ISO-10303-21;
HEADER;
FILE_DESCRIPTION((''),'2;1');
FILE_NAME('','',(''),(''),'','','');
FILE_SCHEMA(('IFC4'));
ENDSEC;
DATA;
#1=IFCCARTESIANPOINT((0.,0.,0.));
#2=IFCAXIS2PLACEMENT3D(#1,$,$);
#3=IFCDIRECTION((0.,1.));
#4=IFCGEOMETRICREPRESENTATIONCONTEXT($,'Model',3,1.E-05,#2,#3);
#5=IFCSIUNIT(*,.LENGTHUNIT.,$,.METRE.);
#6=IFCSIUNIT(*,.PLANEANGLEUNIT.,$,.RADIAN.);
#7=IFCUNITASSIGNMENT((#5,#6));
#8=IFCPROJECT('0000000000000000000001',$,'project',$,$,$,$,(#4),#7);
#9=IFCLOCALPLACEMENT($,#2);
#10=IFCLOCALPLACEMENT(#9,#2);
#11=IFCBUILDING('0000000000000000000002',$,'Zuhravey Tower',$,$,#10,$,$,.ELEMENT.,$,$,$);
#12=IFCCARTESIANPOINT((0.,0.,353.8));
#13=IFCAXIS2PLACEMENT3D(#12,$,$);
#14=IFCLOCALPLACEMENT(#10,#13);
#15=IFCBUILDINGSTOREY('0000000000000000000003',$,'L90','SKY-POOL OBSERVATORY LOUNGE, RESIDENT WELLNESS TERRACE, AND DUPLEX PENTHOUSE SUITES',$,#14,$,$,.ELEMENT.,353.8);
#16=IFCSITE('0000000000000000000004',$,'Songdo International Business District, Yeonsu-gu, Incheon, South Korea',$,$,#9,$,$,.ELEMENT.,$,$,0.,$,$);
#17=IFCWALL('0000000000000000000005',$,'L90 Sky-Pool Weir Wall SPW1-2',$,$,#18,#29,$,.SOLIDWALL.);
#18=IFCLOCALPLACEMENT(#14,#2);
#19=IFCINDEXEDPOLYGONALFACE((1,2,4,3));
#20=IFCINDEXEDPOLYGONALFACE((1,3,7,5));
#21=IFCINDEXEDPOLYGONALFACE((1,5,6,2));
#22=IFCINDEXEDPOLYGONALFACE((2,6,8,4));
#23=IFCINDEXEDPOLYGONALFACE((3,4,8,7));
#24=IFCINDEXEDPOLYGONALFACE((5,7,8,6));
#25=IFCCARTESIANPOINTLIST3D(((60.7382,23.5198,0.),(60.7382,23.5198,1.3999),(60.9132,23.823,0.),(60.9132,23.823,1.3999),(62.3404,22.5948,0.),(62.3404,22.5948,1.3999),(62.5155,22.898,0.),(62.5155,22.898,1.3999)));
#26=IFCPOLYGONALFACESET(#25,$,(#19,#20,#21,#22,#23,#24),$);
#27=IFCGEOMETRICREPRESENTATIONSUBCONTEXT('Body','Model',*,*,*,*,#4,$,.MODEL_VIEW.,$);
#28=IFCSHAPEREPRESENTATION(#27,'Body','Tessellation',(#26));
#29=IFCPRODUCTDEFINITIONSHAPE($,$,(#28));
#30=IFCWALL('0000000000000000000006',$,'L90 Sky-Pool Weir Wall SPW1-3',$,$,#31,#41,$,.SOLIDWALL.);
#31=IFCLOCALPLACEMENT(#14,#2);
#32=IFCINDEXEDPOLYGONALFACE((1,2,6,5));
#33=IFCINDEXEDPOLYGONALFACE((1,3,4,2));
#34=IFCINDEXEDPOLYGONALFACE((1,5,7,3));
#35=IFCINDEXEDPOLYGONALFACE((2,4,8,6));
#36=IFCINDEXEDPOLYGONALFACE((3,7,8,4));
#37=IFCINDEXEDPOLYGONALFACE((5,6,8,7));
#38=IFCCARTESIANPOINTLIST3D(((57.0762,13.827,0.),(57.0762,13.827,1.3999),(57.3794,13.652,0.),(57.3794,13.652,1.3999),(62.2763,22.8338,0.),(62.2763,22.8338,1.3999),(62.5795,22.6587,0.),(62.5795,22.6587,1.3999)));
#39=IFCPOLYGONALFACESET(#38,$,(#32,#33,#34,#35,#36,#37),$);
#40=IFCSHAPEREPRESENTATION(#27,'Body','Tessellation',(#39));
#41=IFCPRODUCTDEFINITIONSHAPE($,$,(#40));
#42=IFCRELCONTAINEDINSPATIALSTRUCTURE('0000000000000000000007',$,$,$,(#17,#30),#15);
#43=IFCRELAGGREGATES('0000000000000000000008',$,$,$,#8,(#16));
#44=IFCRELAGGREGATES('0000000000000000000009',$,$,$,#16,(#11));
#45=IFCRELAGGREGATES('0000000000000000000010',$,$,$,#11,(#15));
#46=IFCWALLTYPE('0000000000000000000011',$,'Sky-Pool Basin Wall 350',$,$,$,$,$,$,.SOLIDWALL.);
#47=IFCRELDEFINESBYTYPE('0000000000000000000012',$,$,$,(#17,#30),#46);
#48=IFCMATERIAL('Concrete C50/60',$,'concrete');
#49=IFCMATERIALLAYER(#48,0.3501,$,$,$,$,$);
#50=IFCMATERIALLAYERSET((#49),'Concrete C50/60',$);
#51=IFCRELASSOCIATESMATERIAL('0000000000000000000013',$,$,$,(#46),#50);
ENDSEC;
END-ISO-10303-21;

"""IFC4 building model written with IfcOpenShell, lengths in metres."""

from ifc_helpers import new_model, si_unit, direction, frame, frame_2d, origin, place, context, subcontext, project, spatial, rectangle, extrude, material, layer, layer_set, type_object, element, save


model = new_model("IFC4")

# Units and contexts
model_context = context("Model", 3, precision=1e-05, world=origin(), true_north=direction((0.0, 1.0)))
body_context = subcontext(model_context, "Body", "Model", "MODEL_VIEW")
ifc_project = project(units=[si_unit("LENGTHUNIT", "METRE"), si_unit("PLANEANGLEUNIT", "RADIAN")], contexts=[model_context])

# Site, building, storey
site_placement = place(None, origin())
site = spatial("IfcSite", under=ifc_project, at=site_placement, Name="Songdo International Business District, Yeonsu-gu, Incheon, South Korea", CompositionType="ELEMENT", RefElevation=0.0)
building_placement = place(site_placement, origin())
building = spatial("IfcBuilding", under=site, at=building_placement, Name="Zuhravey Tower", CompositionType="ELEMENT")
storey_placement = place(building_placement, frame((0.0, 0.0, 353.8)))
storey = spatial("IfcBuildingStorey", under=building, at=storey_placement, Name="L90", Description="SKY-POOL OBSERVATORY LOUNGE, RESIDENT WELLNESS TERRACE, AND DUPLEX PENTHOUSE SUITES", CompositionType="ELEMENT", Elevation=353.8)

# Shared definitions
ifc_material_1 = material(Name="Concrete C50/60", Category="concrete")

# Walls
ifc_layer_1 = layer(ifc_material_1, 0.3501)
ifc_layer_set_1 = layer_set([ifc_layer_1], Name="Concrete C50/60")
wall_type_1 = type_object("IfcWallType", Name="Sky-Pool Basin Wall 350", PredefinedType="SOLIDWALL", material=ifc_layer_set_1)
wall_1_placement = place(storey_placement, frame((60.8257, 23.6714, 0.0), z_axis=(0.0, 0.0, 1.0), x_axis=(0.866034, -0.499985, 0.0)))
element("IfcWall", 1, at=wall_1_placement, inside=storey, type_object=wall_type_1, Name="L90 Sky-Pool Weir Wall SPW1-2", PredefinedType="SOLIDWALL", context=body_context, shape_type="SweptSolid", body=[
    extrude(rectangle(XDim=1.8501, YDim=0.3501, at=frame_2d((0.925, 0.0))), origin(), (0.0, 0.0, 1.0), 1.3999),
])
wall_2_placement = place(storey_placement, frame((62.428, 22.7463, 0.0), z_axis=(0.0, 0.0, 1.0), x_axis=(-0.500007, -0.866021, 0.0)))
element("IfcWall", 2, at=wall_2_placement, inside=storey, type_object=wall_type_1, Name="L90 Sky-Pool Weir Wall SPW1-3", PredefinedType="SOLIDWALL", context=body_context, shape_type="SweptSolid", body=[
    extrude(rectangle(XDim=10.4001, YDim=0.3501, at=frame_2d((5.2002, 0.0))), origin(), (0.0, 0.0, 1.0), 1.3999),
])

save(model, "model.ifc")
